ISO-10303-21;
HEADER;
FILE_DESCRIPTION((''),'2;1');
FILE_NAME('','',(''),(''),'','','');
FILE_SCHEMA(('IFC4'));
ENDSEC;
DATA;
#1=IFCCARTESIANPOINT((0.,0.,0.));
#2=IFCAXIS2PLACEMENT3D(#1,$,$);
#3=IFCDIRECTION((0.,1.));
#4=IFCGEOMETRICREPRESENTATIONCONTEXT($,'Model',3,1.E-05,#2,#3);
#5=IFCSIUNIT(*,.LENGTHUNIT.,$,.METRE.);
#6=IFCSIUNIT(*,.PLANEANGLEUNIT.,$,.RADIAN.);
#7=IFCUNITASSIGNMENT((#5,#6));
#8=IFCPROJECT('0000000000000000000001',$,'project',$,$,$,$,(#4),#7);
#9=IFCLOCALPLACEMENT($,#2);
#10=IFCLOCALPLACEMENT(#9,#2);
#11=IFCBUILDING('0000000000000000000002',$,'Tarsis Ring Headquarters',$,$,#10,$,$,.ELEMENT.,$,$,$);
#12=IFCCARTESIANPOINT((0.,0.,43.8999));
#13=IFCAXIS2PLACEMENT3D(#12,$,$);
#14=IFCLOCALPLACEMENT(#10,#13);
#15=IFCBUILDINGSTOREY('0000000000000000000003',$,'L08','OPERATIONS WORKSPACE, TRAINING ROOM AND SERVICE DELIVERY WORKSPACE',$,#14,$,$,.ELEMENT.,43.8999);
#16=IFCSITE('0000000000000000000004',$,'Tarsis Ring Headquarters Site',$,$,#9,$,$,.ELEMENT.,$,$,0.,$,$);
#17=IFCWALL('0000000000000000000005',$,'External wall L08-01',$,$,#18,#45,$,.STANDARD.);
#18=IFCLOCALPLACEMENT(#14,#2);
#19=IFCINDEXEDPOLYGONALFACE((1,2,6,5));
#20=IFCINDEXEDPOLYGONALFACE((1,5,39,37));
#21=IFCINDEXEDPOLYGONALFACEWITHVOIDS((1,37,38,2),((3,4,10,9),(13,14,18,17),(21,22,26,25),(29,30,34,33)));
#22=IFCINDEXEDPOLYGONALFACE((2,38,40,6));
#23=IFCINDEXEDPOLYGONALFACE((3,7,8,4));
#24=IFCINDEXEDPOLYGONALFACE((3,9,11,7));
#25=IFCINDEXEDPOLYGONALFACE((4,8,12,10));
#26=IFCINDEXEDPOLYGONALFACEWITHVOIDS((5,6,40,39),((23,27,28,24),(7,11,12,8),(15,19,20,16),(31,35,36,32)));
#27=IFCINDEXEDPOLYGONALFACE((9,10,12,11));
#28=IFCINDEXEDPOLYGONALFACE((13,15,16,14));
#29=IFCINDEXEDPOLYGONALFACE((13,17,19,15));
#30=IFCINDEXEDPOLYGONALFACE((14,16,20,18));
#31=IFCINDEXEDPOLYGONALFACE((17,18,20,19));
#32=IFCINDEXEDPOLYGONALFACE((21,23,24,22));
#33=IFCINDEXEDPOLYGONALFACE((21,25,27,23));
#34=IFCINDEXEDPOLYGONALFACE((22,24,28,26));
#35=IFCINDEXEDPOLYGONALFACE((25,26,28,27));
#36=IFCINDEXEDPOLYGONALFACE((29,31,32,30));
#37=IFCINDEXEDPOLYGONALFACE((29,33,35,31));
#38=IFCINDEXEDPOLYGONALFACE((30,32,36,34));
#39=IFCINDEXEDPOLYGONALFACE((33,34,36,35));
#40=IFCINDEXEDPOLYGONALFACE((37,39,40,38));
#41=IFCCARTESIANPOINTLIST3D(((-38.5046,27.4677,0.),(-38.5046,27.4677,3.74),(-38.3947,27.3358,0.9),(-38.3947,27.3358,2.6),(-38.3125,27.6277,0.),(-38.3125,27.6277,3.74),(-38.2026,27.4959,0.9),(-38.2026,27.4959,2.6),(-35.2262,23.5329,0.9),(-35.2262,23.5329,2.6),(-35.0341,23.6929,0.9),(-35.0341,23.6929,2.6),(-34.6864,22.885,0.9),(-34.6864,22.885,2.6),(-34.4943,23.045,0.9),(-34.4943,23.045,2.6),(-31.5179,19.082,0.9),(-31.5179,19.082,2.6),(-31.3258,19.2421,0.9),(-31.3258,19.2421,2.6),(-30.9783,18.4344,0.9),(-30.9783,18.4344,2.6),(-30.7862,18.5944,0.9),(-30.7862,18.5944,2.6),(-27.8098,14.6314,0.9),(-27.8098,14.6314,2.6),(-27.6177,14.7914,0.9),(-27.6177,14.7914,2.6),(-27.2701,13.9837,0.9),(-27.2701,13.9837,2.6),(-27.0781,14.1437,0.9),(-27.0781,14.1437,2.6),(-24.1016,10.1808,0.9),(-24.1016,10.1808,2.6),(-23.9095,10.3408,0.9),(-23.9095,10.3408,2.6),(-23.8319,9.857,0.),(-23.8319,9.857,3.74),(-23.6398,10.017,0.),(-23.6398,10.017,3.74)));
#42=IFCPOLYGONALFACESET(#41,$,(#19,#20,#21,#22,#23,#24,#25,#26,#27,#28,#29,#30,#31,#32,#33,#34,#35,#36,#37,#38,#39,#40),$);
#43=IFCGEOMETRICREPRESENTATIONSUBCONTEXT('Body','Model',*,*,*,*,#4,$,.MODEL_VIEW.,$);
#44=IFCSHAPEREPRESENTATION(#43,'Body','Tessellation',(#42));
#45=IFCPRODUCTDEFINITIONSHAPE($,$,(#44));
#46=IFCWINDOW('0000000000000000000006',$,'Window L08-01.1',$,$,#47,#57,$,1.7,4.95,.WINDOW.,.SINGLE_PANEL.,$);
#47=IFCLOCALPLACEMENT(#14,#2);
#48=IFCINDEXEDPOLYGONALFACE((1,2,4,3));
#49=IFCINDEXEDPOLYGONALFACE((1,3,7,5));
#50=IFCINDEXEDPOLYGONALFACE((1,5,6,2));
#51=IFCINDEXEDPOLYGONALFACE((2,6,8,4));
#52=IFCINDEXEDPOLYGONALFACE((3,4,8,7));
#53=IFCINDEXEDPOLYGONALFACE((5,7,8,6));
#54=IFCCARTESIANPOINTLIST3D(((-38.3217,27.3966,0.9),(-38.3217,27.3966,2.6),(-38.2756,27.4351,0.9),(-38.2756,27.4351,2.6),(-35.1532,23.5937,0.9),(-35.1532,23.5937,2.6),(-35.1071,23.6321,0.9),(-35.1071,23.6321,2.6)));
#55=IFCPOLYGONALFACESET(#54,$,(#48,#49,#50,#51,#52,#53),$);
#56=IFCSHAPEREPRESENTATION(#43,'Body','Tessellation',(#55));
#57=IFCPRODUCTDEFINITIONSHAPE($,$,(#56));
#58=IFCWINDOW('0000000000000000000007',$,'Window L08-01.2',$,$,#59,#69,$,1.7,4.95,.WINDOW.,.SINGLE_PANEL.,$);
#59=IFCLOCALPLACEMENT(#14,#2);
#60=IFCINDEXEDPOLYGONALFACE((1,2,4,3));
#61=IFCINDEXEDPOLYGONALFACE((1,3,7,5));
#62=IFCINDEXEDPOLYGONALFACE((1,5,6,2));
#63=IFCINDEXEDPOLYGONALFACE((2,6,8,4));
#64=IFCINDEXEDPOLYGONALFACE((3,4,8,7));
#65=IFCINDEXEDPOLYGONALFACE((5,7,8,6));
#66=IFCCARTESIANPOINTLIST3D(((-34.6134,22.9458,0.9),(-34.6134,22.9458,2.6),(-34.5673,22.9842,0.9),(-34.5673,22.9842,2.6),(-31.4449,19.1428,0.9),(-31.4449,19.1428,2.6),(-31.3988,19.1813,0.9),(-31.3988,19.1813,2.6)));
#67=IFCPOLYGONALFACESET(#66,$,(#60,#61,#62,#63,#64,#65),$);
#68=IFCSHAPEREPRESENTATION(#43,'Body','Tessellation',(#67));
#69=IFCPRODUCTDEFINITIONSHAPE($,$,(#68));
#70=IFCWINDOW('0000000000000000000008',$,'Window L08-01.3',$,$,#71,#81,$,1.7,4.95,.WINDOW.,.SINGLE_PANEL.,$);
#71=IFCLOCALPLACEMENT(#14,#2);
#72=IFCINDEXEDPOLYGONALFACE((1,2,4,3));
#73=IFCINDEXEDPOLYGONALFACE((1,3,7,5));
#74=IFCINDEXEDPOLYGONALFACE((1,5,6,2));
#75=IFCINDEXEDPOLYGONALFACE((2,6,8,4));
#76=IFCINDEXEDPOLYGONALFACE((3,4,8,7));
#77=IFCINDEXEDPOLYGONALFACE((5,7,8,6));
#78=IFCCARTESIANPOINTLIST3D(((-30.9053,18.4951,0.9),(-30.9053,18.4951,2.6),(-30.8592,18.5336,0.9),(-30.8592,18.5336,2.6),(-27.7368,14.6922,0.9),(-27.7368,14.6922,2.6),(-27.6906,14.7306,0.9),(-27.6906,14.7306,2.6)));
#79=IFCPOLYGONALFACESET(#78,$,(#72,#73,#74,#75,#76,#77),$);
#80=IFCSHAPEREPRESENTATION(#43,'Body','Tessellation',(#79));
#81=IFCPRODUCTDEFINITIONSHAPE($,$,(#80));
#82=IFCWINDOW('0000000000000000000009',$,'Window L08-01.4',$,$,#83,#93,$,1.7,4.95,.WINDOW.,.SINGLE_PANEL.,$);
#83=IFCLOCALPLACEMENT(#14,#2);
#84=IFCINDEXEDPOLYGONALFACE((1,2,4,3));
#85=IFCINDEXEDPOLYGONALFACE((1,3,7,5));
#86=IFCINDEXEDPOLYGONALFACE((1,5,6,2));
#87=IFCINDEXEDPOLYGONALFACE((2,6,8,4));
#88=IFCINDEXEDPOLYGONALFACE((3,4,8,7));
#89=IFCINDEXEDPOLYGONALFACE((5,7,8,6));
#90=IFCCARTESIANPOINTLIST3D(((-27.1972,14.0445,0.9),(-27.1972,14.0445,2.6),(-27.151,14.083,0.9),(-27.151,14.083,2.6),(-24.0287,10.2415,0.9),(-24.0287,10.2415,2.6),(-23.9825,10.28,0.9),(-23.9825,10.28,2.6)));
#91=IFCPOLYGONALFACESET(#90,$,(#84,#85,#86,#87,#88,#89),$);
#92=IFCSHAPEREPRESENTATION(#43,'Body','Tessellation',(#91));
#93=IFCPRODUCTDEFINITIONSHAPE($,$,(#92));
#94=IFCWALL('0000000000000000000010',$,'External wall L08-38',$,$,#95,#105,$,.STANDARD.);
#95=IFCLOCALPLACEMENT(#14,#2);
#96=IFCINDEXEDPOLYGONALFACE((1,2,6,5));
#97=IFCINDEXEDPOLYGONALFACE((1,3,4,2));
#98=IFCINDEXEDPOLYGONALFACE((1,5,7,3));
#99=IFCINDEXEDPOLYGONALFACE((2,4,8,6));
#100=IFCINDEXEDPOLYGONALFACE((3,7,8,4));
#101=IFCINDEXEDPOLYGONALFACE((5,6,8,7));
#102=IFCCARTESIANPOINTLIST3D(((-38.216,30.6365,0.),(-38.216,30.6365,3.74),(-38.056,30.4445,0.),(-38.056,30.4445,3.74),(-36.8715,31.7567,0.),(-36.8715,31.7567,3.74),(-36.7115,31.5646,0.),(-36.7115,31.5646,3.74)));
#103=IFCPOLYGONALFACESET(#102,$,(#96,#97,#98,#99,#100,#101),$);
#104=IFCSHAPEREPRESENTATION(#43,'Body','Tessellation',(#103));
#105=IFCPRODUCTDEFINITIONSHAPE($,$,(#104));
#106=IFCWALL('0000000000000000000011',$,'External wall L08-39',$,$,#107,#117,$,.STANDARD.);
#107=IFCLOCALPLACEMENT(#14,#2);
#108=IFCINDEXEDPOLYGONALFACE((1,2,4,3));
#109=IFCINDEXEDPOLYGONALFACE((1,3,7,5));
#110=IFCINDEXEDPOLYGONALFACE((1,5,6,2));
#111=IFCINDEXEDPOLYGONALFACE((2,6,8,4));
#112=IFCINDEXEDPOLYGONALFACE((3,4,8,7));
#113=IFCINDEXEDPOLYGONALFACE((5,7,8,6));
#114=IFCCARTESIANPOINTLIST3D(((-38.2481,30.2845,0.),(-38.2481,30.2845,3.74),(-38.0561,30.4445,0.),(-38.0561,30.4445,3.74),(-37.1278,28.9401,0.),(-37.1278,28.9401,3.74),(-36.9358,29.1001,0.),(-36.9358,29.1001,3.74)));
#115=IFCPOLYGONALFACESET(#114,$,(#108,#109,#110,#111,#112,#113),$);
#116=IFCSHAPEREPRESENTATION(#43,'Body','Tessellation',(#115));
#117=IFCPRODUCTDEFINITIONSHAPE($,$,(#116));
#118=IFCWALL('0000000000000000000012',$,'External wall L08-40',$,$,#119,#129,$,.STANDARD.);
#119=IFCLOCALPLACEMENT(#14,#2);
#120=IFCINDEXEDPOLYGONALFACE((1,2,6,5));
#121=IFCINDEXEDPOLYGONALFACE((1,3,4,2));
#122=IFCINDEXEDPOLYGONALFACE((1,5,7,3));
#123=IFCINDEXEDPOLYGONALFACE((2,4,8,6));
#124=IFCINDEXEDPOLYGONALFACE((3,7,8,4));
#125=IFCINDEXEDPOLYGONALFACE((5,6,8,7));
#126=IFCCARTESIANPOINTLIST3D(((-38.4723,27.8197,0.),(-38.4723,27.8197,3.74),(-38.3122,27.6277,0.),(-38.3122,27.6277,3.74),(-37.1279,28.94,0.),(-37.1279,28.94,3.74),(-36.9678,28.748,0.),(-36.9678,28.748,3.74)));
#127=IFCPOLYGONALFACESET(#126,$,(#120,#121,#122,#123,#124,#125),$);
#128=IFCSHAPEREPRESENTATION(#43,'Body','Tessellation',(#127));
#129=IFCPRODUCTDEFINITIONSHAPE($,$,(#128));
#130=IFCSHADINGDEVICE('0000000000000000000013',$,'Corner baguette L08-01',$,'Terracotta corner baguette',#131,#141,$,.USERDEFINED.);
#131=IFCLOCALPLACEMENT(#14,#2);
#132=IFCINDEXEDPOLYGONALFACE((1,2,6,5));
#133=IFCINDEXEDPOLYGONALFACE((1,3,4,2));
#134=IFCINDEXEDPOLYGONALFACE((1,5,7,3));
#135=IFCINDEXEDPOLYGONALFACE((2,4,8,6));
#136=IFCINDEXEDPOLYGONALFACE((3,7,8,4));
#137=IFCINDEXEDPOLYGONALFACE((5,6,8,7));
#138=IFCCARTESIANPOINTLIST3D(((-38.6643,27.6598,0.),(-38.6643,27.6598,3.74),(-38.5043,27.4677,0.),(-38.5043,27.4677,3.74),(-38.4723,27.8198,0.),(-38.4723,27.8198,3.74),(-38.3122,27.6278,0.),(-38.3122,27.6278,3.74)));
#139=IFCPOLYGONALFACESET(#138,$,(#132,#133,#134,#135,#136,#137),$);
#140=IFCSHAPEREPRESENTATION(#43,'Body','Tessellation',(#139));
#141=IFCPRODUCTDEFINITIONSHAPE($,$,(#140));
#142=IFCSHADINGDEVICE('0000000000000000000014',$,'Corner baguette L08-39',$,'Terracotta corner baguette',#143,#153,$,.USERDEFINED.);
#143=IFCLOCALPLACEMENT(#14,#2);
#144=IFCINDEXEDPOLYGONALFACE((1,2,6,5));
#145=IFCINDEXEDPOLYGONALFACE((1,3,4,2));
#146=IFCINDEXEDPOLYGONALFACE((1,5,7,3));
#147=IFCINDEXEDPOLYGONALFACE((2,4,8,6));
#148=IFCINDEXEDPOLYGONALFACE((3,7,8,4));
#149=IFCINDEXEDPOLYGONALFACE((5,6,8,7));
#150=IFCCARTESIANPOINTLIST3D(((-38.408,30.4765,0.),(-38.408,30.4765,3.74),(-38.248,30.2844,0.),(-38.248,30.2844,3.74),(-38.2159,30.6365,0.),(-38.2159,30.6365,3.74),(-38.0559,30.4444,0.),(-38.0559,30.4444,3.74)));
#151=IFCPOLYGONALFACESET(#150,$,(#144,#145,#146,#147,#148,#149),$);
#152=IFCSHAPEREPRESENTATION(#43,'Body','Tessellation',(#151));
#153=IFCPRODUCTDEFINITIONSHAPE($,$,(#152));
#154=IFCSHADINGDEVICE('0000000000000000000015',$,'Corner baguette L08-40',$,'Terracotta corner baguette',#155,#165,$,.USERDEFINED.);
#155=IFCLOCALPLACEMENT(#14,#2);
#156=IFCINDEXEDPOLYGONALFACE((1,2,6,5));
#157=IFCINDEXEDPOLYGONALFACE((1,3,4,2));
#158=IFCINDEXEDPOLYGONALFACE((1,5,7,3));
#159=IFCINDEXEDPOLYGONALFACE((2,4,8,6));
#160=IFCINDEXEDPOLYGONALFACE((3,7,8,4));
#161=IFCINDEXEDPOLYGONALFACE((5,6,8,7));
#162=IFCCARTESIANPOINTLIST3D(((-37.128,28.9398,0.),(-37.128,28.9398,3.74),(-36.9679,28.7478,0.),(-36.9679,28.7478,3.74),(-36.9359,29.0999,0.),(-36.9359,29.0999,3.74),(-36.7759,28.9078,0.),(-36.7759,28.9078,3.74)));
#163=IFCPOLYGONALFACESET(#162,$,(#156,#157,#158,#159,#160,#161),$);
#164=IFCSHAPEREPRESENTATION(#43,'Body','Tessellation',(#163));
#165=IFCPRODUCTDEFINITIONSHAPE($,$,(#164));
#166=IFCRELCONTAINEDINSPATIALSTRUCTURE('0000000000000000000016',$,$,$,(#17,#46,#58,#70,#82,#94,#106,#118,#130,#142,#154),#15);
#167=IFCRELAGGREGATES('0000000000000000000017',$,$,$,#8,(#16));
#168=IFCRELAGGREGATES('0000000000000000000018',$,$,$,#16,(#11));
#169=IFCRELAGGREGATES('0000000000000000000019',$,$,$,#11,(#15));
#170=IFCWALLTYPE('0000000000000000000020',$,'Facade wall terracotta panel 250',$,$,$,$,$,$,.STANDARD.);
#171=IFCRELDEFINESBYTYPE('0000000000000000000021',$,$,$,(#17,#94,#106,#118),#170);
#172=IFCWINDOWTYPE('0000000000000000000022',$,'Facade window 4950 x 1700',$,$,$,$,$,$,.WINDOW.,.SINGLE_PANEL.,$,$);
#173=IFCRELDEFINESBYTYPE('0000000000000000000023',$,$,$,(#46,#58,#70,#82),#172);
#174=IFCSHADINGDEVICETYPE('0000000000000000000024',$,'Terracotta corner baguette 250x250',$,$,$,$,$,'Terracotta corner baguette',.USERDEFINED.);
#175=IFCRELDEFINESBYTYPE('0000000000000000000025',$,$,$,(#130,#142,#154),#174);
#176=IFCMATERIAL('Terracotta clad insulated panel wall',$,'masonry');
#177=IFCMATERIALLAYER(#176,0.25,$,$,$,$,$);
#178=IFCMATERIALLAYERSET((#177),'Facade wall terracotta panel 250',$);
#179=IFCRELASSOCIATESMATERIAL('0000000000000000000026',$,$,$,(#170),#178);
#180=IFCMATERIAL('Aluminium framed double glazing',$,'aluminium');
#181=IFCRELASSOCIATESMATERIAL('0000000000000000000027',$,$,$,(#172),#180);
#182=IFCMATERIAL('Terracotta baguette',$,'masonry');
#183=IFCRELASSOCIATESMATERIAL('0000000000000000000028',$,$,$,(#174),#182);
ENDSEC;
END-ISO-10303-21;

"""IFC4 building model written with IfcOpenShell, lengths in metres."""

from ifc_helpers import new_model, si_unit, direction, frame, frame_2d, origin, origin_2d, place, context, subcontext, project, spatial, rectangle, extrude, material, layer, layer_set, type_object, element, fill, save


model = new_model("IFC4")

# Units and contexts
model_context = context("Model", 3, precision=1e-05, world=origin(), true_north=direction((0.0, 1.0)))
body_context = subcontext(model_context, "Body", "Model", "MODEL_VIEW")
ifc_project = project(units=[si_unit("LENGTHUNIT", "METRE"), si_unit("PLANEANGLEUNIT", "RADIAN")], contexts=[model_context])

# Site, building, storey
site_placement = place(None, origin())
site = spatial("IfcSite", under=ifc_project, at=site_placement, Name="Tarsis Ring Headquarters Site", CompositionType="ELEMENT", RefElevation=0.0)
building_placement = place(site_placement, origin())
building = spatial("IfcBuilding", under=site, at=building_placement, Name="Tarsis Ring Headquarters", CompositionType="ELEMENT")
storey_placement = place(building_placement, frame((0.0, 0.0, 43.8999)))
storey = spatial("IfcBuildingStorey", under=building, at=storey_placement, Name="L08", Description="OPERATIONS WORKSPACE, TRAINING ROOM AND SERVICE DELIVERY WORKSPACE", CompositionType="ELEMENT", Elevation=43.8999)

# Wall, openings, windows
ifc_material_1 = material(Name="Terracotta clad insulated panel wall", Category="masonry")
ifc_layer_1 = layer(ifc_material_1, 0.25)
ifc_layer_set_1 = layer_set([ifc_layer_1], Name="Facade wall terracotta panel 250")
wall_type_1 = type_object("IfcWallType", Name="Facade wall terracotta panel 250", PredefinedType="STANDARD", material=ifc_layer_set_1)
wall_1_placement = place(storey_placement, frame((-38.4084, 27.5476, 0.0), z_axis=(0.0, 0.0, 1.0), x_axis=(0.64011, -0.768283, 0.0)))
wall_1 = element("IfcWall", 1, at=wall_1_placement, inside=storey, type_object=wall_type_1, Name="External wall L08-01", PredefinedType="STANDARD", context=body_context, shape_type="SweptSolid", body=[
    extrude(rectangle(XDim=22.9221, YDim=0.25, at=frame_2d((11.4609, 0.0))), origin(), (0.0, 0.0, 1.0), 3.74),
])
opening_1_placement = place(wall_1_placement, frame((0.1714, 0.0, 0.8999)))
opening_1 = element("IfcOpeningElement", 2, at=opening_1_placement, cuts=wall_1, PredefinedType="OPENING", context=body_context, shape_type="SweptSolid", body=[
    extrude(rectangle(XDim=4.95, YDim=1.7, at=frame_2d((2.4751, 0.8501))), frame((0.0, 0.135, 0.0), z_axis=(0.0, -1.0, 0.0), x_axis=(1.0, 0.0, 0.0)), (0.0, 0.0, 1.0), 0.27),
])
opening_2_placement = place(wall_1_placement, frame((5.9646, 0.0, 0.8999)))
opening_2 = element("IfcOpeningElement", 3, at=opening_2_placement, cuts=wall_1, PredefinedType="OPENING", context=body_context, shape_type="SweptSolid", body=[
    extrude(rectangle(XDim=4.95, YDim=1.7, at=frame_2d((2.4751, 0.8501))), frame((0.0, 0.135, 0.0), z_axis=(0.0, -1.0, 0.0), x_axis=(1.0, 0.0, 0.0)), (0.0, 0.0, 1.0), 0.27),
])
opening_3_placement = place(wall_1_placement, frame((11.7576, 0.0, 0.8999)))
opening_3 = element("IfcOpeningElement", 4, at=opening_3_placement, cuts=wall_1, PredefinedType="OPENING", context=body_context, shape_type="SweptSolid", body=[
    extrude(rectangle(XDim=4.95, YDim=1.7, at=frame_2d((2.4751, 0.8501))), frame((0.0, 0.135, 0.0), z_axis=(0.0, -1.0, 0.0), x_axis=(1.0, 0.0, 0.0)), (0.0, 0.0, 1.0), 0.27),
])
opening_4_placement = place(wall_1_placement, frame((17.5505, 0.0, 0.8999)))
opening_4 = element("IfcOpeningElement", 5, at=opening_4_placement, cuts=wall_1, PredefinedType="OPENING", context=body_context, shape_type="SweptSolid", body=[
    extrude(rectangle(XDim=4.95, YDim=1.7, at=frame_2d((2.4751, 0.8501))), frame((0.0, 0.135, 0.0), z_axis=(0.0, -1.0, 0.0), x_axis=(1.0, 0.0, 0.0)), (0.0, 0.0, 1.0), 0.27),
])
ifc_material_2 = material(Name="Aluminium framed double glazing", Category="aluminium")
window_type = type_object("IfcWindowType", Name="Facade window 4950 x 1700", PartitioningType="SINGLE_PANEL", PredefinedType="WINDOW", material=ifc_material_2)
window_1_placement = place(opening_1_placement, origin())
window_1 = element("IfcWindow", 6, at=window_1_placement, inside=storey, type_object=window_type, Name="Window L08-01.1", OverallHeight=1.7, OverallWidth=4.95, PartitioningType="SINGLE_PANEL", PredefinedType="WINDOW", context=body_context, shape_type="SweptSolid", body=[
    extrude(rectangle(XDim=4.95, YDim=1.7, at=frame_2d((2.4751, 0.8501))), frame((0.0, 0.03, 0.0), z_axis=(0.0, -1.0, 0.0), x_axis=(1.0, 0.0, 0.0)), (0.0, 0.0, 1.0), 0.0601),
])
fill(opening_1, window_1)
window_2_placement = place(opening_2_placement, origin())
window_2 = element("IfcWindow", 7, at=window_2_placement, inside=storey, type_object=window_type, Name="Window L08-01.2", OverallHeight=1.7, OverallWidth=4.95, PartitioningType="SINGLE_PANEL", PredefinedType="WINDOW", context=body_context, shape_type="SweptSolid", body=[
    extrude(rectangle(XDim=4.95, YDim=1.7, at=frame_2d((2.4751, 0.8501))), frame((0.0, 0.03, 0.0), z_axis=(0.0, -1.0, 0.0), x_axis=(1.0, 0.0, 0.0)), (0.0, 0.0, 1.0), 0.0601),
])
fill(opening_2, window_2)
window_3_placement = place(opening_3_placement, origin())
window_3 = element("IfcWindow", 8, at=window_3_placement, inside=storey, type_object=window_type, Name="Window L08-01.3", OverallHeight=1.7, OverallWidth=4.95, PartitioningType="SINGLE_PANEL", PredefinedType="WINDOW", context=body_context, shape_type="SweptSolid", body=[
    extrude(rectangle(XDim=4.95, YDim=1.7, at=frame_2d((2.4751, 0.8501))), frame((0.0, 0.03, 0.0), z_axis=(0.0, -1.0, 0.0), x_axis=(1.0, 0.0, 0.0)), (0.0, 0.0, 1.0), 0.0601),
])
fill(opening_3, window_3)
window_4_placement = place(opening_4_placement, origin())
window_4 = element("IfcWindow", 9, at=window_4_placement, inside=storey, type_object=window_type, Name="Window L08-01.4", OverallHeight=1.7, OverallWidth=4.95, PartitioningType="SINGLE_PANEL", PredefinedType="WINDOW", context=body_context, shape_type="SweptSolid", body=[
    extrude(rectangle(XDim=4.95, YDim=1.7, at=frame_2d((2.4751, 0.8501))), frame((0.0, 0.03, 0.0), z_axis=(0.0, -1.0, 0.0), x_axis=(1.0, 0.0, 0.0)), (0.0, 0.0, 1.0), 0.0601),
])
fill(opening_4, window_4)

# Walls
for number, where, z_axis, x_axis, name in (
    (10, (-36.7915, 31.6606, 0.0), (0.0, 0.0, 1.0), (-0.768301, -0.640088, 0.0), "External wall L08-38"),
    (11, (-38.1521, 30.3645, 0.0), (0.0, 0.0, 1.0), (0.640171, -0.768233, 0.0), "External wall L08-39"),
    (12, (-37.0479, 28.844, 0.0), (0.0, 0.0, 1.0), (-0.768233, -0.640171, 0.0), "External wall L08-40"),
):
    element("IfcWall", number, at=place(storey_placement, frame(where, z_axis=z_axis, x_axis=x_axis)), inside=storey, type_object=wall_type_1, Name=name, PredefinedType="STANDARD", context=body_context, shape_type="SweptSolid", body=[
        extrude(rectangle(XDim=1.75, YDim=0.25, at=frame_2d((0.875, 0.0))), origin(), (0.0, 0.0, 1.0), 3.74),
    ])

# Shading devices
ifc_material_3 = material(Name="Terracotta baguette", Category="masonry")
shading_device_type_1 = type_object("IfcShadingDeviceType", Name="Terracotta corner baguette 250x250", ElementType="Terracotta corner baguette", PredefinedType="USERDEFINED", material=ifc_material_3)
for number, where, z_axis, x_axis, name in (
    (13, (-38.4883, 27.6438, 0.0), (0.0, 0.0, 1.0), (-0.768284, -0.640109, 0.0), "Corner baguette L08-01"),
    (14, (-38.2319, 30.4604, 0.0), (0.0, 0.0, 1.0), (-0.768283, -0.64011, 0.0), "Corner baguette L08-39"),
    (15, (-36.9519, 28.9238, 0.0), (0.0, 0.0, 1.0), (0.64011, -0.768284, 0.0), "Corner baguette L08-40"),
):
    element("IfcShadingDevice", number, at=place(storey_placement, frame(where, z_axis=z_axis, x_axis=x_axis)), inside=storey, type_object=shading_device_type_1, Name=name, ObjectType="Terracotta corner baguette", PredefinedType="USERDEFINED", context=body_context, shape_type="SweptSolid", body=[
        extrude(rectangle(XDim=0.25, YDim=0.25, at=origin_2d()), origin(), (0.0, 0.0, 1.0), 3.74),
    ])

save(model, "model.ifc")
